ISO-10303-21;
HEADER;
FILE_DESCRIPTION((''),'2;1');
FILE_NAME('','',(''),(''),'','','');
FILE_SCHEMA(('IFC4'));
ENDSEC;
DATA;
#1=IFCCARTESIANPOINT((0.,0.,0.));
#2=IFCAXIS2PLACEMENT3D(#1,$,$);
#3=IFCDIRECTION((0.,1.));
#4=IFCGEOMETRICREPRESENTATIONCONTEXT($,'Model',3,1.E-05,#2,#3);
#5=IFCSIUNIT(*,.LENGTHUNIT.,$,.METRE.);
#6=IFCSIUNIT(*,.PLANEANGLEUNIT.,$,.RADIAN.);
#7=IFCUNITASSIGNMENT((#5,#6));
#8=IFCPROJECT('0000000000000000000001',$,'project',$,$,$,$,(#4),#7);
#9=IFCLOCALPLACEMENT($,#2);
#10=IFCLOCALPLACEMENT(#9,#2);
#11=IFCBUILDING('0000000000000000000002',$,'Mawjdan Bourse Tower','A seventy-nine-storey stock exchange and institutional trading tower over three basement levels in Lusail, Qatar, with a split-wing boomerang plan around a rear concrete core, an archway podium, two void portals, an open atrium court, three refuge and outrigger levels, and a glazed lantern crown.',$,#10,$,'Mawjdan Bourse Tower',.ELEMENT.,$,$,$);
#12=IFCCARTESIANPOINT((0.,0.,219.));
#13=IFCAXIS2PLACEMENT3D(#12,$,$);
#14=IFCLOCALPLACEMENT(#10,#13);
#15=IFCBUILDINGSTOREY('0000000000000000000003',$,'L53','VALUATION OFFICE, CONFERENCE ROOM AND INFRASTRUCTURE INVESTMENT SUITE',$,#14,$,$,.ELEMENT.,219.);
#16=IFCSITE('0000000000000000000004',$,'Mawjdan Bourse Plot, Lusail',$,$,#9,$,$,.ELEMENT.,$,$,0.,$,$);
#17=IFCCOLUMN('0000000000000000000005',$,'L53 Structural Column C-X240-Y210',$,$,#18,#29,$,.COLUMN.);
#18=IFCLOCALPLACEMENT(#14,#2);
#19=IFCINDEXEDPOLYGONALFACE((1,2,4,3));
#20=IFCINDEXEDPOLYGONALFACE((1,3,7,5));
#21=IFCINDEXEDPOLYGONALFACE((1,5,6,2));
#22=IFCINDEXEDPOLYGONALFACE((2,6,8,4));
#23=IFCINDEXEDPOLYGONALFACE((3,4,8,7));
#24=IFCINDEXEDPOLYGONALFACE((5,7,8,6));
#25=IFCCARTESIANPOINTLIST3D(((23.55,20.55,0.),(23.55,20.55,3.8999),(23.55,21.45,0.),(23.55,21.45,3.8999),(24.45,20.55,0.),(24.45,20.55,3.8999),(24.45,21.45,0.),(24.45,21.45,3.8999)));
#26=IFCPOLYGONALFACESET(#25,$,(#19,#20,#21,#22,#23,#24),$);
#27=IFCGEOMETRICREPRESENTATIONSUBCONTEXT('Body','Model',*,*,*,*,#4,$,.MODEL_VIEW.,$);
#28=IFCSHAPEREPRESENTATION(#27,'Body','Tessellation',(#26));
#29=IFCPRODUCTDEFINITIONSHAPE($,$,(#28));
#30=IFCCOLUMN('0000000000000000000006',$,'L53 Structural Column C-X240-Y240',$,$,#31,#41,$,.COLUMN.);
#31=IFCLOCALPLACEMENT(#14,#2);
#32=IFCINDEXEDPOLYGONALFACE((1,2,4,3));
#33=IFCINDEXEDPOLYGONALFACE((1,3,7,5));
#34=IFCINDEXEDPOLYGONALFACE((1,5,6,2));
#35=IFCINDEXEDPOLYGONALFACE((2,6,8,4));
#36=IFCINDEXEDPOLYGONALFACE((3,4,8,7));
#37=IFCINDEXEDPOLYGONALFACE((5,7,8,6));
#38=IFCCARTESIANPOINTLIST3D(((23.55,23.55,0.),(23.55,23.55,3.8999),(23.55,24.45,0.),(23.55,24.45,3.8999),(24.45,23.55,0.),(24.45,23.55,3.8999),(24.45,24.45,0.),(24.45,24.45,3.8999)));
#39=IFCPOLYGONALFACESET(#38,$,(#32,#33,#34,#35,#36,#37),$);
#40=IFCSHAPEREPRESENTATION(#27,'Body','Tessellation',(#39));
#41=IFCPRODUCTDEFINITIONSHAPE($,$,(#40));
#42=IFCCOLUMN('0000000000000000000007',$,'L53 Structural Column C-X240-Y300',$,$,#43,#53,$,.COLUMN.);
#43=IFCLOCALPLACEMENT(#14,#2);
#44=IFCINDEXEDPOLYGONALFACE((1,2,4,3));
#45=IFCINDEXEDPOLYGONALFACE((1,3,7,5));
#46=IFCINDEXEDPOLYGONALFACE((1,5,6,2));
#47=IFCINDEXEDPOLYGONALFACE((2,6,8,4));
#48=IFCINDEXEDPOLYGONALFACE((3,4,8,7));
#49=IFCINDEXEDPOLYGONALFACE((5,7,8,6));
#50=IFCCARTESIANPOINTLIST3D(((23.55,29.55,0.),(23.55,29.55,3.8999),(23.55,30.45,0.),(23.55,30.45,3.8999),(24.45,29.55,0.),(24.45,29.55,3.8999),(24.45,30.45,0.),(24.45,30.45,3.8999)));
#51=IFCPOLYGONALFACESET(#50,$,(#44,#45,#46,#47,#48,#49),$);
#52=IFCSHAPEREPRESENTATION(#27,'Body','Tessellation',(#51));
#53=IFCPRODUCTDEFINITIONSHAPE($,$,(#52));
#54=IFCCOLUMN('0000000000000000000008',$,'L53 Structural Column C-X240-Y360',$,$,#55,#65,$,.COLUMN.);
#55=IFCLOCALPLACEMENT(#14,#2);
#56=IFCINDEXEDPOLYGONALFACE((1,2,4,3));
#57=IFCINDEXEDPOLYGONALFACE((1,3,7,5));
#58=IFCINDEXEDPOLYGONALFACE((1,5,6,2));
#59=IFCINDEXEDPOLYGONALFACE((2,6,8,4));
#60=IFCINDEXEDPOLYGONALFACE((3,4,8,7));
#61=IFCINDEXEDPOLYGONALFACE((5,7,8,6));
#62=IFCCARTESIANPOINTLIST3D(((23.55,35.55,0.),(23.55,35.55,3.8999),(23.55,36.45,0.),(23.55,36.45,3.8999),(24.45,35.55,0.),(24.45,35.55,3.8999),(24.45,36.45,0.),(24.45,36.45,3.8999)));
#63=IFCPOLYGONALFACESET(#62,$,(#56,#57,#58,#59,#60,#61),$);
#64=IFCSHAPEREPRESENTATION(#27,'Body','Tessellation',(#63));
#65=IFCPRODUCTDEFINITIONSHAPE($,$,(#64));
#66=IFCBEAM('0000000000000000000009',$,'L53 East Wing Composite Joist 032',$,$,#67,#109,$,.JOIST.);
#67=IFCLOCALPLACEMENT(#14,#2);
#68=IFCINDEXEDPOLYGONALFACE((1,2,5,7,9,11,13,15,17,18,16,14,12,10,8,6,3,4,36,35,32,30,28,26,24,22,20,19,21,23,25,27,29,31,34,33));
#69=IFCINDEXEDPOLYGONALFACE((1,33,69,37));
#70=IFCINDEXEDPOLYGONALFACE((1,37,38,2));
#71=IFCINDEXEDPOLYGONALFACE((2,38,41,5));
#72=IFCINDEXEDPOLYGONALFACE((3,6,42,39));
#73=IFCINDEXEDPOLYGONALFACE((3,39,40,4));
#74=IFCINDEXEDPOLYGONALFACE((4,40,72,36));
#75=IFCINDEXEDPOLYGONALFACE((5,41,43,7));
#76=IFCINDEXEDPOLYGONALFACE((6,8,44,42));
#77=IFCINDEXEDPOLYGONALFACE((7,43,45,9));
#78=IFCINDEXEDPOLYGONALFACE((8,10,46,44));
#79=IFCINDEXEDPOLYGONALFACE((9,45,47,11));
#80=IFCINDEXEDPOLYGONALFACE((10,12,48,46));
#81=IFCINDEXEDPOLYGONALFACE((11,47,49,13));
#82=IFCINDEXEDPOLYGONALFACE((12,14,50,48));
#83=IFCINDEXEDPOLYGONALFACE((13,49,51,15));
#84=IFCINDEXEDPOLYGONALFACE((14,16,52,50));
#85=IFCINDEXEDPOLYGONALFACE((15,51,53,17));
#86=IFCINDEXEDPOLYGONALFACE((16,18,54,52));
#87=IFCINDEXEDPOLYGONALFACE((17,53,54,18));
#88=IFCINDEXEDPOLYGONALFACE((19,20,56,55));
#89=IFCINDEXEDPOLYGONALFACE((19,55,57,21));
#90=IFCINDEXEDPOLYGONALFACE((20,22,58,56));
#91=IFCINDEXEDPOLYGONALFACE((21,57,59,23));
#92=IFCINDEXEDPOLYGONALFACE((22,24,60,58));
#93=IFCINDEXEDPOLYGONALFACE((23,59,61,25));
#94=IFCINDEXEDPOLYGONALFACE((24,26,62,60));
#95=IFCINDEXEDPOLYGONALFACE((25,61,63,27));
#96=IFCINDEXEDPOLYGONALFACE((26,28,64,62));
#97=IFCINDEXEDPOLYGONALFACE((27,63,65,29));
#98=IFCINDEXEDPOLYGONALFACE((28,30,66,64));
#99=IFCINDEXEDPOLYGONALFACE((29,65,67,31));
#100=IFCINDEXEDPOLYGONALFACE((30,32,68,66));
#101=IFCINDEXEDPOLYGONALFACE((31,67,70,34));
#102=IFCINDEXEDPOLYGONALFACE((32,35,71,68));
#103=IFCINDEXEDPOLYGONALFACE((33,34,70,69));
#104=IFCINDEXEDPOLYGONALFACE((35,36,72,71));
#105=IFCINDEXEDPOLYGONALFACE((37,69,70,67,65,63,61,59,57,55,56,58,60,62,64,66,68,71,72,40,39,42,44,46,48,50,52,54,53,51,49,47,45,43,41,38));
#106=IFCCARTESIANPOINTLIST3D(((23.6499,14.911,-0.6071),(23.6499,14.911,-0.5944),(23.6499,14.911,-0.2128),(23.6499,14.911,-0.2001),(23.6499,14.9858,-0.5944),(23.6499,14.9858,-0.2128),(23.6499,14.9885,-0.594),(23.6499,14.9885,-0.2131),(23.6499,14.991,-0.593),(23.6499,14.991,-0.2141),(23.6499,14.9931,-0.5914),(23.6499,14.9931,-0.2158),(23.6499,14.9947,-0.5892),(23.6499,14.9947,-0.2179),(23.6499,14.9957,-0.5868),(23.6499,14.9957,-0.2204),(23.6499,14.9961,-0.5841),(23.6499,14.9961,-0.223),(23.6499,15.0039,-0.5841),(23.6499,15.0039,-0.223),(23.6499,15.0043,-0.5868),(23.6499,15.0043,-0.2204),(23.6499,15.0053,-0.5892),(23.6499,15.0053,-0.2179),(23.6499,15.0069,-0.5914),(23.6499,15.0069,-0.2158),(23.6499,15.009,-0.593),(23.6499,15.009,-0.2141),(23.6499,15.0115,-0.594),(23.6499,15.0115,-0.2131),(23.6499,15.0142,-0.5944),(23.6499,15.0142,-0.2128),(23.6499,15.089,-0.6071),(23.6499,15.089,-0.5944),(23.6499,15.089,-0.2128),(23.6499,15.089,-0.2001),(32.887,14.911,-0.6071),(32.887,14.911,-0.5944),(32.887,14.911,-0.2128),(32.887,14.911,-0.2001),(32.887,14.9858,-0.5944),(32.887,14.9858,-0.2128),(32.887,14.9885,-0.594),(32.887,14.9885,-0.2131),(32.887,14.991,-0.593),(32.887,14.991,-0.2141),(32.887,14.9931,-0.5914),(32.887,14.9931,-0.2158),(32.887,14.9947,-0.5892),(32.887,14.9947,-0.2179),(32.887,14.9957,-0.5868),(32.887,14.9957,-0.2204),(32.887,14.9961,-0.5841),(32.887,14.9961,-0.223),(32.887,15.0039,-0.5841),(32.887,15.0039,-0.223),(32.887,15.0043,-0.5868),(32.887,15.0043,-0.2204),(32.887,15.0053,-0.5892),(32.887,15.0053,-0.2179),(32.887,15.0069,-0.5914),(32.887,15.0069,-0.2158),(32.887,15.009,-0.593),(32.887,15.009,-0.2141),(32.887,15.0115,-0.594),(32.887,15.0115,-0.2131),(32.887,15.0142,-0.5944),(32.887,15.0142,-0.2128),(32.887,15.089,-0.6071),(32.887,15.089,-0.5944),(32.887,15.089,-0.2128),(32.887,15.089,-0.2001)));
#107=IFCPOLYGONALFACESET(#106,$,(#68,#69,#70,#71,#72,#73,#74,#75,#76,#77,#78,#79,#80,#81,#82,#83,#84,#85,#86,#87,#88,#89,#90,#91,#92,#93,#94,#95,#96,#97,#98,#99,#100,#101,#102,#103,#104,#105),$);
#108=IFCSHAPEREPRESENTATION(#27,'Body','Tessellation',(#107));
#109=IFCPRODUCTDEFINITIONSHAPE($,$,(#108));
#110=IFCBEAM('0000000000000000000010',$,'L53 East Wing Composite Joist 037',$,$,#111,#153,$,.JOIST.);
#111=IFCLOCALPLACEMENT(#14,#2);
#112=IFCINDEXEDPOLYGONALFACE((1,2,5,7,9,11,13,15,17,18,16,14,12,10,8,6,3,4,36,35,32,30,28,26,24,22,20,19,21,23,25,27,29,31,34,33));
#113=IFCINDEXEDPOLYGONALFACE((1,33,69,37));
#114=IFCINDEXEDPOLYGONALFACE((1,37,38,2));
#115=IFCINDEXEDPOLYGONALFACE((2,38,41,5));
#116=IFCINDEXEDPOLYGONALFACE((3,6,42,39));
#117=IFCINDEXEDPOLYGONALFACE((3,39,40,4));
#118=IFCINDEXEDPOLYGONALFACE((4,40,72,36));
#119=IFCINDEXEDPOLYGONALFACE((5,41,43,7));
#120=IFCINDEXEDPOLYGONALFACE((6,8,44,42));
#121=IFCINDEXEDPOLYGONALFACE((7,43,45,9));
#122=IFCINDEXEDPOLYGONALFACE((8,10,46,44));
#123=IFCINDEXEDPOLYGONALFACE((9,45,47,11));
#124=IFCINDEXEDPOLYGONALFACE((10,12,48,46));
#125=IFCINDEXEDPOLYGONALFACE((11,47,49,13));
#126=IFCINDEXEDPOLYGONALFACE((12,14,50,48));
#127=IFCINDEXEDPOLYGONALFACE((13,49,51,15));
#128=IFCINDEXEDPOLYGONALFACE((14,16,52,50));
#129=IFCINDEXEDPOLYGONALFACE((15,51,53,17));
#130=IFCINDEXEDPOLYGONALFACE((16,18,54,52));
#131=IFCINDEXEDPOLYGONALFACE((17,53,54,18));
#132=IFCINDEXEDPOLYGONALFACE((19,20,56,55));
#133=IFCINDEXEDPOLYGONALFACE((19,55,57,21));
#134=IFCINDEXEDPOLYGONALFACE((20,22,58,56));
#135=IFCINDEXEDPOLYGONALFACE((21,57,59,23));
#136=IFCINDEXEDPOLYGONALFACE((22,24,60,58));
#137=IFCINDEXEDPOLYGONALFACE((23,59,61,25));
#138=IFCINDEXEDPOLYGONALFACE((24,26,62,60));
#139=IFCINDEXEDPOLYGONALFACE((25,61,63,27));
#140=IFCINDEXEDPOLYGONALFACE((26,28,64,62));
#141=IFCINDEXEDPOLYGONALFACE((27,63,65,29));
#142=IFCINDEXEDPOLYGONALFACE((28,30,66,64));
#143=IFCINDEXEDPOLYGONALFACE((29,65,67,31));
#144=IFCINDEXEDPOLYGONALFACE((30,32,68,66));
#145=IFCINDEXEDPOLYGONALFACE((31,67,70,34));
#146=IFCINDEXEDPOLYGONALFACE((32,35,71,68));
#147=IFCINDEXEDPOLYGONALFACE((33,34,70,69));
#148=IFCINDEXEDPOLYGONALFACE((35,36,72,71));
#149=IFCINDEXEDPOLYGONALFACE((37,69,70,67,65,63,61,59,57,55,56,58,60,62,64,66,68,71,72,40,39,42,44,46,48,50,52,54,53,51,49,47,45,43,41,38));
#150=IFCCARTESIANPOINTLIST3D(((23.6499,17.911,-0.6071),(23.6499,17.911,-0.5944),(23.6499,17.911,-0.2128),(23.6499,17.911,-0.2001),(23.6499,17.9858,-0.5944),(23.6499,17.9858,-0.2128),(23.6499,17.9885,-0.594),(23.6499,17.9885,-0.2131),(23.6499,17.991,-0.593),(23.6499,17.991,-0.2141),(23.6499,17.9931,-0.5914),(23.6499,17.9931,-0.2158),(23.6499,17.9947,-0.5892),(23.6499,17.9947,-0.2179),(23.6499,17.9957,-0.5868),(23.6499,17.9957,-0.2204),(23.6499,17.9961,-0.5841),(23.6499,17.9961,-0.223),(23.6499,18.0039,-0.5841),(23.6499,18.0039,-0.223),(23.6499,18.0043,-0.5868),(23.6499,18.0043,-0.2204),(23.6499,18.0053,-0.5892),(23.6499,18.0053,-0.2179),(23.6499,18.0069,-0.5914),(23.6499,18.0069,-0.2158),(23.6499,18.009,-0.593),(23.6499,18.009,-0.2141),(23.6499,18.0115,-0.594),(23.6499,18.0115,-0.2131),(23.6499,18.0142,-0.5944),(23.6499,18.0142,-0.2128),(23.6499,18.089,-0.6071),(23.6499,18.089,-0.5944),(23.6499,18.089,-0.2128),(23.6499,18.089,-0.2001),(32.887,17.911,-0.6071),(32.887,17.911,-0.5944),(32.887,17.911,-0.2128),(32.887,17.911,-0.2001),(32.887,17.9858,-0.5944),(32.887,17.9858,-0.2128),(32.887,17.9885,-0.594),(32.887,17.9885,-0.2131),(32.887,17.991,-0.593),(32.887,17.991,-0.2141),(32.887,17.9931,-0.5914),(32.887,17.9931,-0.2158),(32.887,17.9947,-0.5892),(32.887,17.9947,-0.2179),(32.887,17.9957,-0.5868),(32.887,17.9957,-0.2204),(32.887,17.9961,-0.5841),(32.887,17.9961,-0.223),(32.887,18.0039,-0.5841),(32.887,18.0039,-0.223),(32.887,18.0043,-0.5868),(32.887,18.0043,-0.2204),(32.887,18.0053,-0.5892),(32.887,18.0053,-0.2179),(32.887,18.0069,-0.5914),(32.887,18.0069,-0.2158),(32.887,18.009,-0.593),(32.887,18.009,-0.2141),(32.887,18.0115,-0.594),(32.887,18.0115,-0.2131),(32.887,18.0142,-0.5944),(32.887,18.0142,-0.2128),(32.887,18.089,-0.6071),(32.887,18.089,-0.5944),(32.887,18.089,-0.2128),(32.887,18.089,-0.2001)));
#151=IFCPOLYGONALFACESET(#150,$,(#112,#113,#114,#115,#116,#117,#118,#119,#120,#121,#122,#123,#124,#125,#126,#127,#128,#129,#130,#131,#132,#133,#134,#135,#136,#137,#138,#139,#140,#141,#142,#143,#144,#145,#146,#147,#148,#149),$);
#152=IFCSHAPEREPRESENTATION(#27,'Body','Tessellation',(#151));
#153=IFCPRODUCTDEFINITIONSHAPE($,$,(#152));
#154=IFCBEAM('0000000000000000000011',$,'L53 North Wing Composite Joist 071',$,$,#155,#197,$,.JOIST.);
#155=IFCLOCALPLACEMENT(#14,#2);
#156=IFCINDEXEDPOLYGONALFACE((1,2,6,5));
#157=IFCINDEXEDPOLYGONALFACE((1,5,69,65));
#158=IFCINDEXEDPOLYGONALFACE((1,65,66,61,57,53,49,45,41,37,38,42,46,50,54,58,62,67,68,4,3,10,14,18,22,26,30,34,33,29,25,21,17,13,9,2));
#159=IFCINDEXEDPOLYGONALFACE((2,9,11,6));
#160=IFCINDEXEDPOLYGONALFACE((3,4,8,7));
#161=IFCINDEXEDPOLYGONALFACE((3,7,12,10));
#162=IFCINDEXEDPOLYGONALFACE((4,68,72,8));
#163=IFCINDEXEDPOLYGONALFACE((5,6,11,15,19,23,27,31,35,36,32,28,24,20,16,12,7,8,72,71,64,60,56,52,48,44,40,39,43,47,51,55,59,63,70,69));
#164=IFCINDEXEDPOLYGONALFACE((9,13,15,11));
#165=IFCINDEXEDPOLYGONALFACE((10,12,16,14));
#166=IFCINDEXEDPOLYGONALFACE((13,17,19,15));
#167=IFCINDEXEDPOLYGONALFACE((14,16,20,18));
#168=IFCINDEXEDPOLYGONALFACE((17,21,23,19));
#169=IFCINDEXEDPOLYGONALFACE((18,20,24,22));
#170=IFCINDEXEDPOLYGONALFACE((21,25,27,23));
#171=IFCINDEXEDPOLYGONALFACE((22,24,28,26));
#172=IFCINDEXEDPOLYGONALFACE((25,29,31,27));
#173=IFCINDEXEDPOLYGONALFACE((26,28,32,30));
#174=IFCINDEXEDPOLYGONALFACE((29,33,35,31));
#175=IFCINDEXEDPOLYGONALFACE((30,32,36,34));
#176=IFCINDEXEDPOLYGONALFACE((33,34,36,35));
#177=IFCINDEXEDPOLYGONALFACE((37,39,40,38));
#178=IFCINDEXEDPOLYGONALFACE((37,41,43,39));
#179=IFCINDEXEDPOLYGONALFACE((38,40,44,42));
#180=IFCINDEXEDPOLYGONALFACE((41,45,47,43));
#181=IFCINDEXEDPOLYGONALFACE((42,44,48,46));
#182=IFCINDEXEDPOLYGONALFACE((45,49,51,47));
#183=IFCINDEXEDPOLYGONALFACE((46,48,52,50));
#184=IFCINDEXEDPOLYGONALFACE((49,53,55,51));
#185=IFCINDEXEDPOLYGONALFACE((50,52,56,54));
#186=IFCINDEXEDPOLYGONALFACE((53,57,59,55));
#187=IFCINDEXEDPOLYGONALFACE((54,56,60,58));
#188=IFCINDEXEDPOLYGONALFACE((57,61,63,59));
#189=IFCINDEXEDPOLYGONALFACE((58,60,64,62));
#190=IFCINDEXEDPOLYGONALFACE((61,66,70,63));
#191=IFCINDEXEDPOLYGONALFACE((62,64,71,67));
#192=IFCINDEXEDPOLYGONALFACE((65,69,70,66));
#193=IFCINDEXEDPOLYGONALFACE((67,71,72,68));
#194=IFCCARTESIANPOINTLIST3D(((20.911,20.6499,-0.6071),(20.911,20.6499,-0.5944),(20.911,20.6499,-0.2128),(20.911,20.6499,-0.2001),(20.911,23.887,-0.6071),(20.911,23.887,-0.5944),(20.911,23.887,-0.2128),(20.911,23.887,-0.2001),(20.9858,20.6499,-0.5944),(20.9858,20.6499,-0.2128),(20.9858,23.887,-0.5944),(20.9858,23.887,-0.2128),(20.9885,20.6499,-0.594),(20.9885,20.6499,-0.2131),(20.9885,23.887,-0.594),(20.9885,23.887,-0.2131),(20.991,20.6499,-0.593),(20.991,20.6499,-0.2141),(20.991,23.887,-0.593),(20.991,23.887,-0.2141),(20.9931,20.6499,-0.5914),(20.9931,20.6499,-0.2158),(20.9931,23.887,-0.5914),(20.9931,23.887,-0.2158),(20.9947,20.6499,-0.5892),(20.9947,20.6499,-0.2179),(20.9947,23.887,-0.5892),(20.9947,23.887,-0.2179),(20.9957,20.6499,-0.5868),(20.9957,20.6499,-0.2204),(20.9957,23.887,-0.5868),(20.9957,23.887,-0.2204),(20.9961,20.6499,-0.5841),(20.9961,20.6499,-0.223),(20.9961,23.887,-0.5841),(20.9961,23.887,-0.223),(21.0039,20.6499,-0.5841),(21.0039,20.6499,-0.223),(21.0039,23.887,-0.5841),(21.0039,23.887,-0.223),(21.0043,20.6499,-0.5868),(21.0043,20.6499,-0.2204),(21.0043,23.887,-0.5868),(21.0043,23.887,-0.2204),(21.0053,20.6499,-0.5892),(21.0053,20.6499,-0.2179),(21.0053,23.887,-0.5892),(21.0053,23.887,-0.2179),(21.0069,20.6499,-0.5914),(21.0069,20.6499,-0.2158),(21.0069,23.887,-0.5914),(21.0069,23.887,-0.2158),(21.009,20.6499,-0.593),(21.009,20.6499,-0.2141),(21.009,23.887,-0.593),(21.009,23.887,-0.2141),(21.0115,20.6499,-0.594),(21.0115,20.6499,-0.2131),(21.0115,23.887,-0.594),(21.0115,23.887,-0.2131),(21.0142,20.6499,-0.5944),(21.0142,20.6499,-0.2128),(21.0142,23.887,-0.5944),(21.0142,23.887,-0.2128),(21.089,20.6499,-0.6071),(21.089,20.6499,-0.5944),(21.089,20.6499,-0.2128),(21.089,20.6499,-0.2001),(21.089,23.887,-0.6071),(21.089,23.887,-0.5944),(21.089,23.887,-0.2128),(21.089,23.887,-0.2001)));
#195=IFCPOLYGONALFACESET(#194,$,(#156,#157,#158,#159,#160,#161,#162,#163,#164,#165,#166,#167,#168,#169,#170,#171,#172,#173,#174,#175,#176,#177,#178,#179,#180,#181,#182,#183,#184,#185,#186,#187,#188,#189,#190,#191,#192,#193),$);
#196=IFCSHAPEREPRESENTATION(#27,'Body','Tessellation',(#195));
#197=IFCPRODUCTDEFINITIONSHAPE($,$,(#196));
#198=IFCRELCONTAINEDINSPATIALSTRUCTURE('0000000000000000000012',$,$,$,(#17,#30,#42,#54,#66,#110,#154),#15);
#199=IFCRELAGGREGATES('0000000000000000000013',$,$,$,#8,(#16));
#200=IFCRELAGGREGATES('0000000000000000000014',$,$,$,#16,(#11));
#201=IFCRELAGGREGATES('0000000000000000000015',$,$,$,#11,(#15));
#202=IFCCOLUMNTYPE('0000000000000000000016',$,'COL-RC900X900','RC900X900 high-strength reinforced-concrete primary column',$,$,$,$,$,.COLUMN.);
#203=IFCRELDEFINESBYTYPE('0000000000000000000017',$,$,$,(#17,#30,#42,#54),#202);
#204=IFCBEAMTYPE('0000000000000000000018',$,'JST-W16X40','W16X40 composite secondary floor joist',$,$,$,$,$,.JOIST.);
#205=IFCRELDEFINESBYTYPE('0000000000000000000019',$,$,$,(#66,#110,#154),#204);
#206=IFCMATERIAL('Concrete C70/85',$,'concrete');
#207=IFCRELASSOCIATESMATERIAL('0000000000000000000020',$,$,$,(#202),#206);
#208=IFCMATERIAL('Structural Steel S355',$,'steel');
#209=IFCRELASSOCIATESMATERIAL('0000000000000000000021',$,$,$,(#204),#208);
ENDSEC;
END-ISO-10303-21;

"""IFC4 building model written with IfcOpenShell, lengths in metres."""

from ifc_helpers import new_model, si_unit, direction, frame, origin, origin_2d, place, context, subcontext, project, spatial, rectangle, i_section, extrude, material, material_profile, profile_set, type_object, element, save


model = new_model("IFC4")

# Units and contexts
model_context = context("Model", 3, precision=1e-05, world=origin(), true_north=direction((0.0, 1.0)))
body_context = subcontext(model_context, "Body", "Model", "MODEL_VIEW")
ifc_project = project(units=[si_unit("LENGTHUNIT", "METRE"), si_unit("PLANEANGLEUNIT", "RADIAN")], contexts=[model_context])

# Site, building, storey
site_placement = place(None, origin())
site = spatial("IfcSite", under=ifc_project, at=site_placement, Name="Mawjdan Bourse Plot, Lusail", CompositionType="ELEMENT", RefElevation=0.0)
building_placement = place(site_placement, origin())
building = spatial("IfcBuilding", under=site, at=building_placement, Name="Mawjdan Bourse Tower", Description="A seventy-nine-storey stock exchange and institutional trading tower over three basement levels in Lusail, Qatar, with a split-wing boomerang plan around a rear concrete core, an archway podium, two void portals, an open atrium court, three refuge and outrigger levels, and a glazed lantern crown.", LongName="Mawjdan Bourse Tower", CompositionType="ELEMENT")
storey_placement = place(building_placement, frame((0.0, 0.0, 219.0)))
storey = spatial("IfcBuildingStorey", under=building, at=storey_placement, Name="L53", Description="VALUATION OFFICE, CONFERENCE ROOM AND INFRASTRUCTURE INVESTMENT SUITE", CompositionType="ELEMENT", Elevation=219.0)

# Columns
ifc_material_1 = material(Name="Concrete C70/85", Category="concrete")
ifc_material_profile_1 = material_profile(ifc_material_1, rectangle(XDim=0.8999, YDim=0.8999, at=origin_2d()), Name="RC900X900")
ifc_profile_set_1 = profile_set([ifc_material_profile_1], Name="Concrete C70/85")
column_type = type_object("IfcColumnType", Name="COL-RC900X900", Description="RC900X900 high-strength reinforced-concrete primary column", PredefinedType="COLUMN", material=ifc_profile_set_1)
for number, where, z_axis, x_axis, name in (
    (1, (24.0, 21.0, 0.0), (0.0, 0.0, 1.0), (1.0, 0.0, 0.0), "L53 Structural Column C-X240-Y210"),
    (2, (24.0, 24.0, 0.0), (0.0, 0.0, 1.0), (1.0, 0.0, 0.0), "L53 Structural Column C-X240-Y240"),
    (3, (24.0, 30.0, 0.0), (0.0, 0.0, 1.0), (1.0, 0.0, 0.0), "L53 Structural Column C-X240-Y300"),
    (4, (24.0, 36.0, 0.0), (0.0, 0.0, 1.0), (1.0, 0.0, 0.0), "L53 Structural Column C-X240-Y360"),
):
    element("IfcColumn", number, at=place(storey_placement, frame(where, z_axis=z_axis, x_axis=x_axis)), inside=storey, type_object=column_type, Name=name, PredefinedType="COLUMN", context=body_context, shape_type="SweptSolid", body=[
        extrude(rectangle(XDim=0.8999, YDim=0.8999, at=origin_2d()), origin(), (0.0, 0.0, 1.0), 3.8999),
    ])

# Beams
ifc_material_2 = material(Name="Structural Steel S355", Category="steel")
ifc_material_profile_2 = material_profile(ifc_material_2, i_section(OverallWidth=0.178, OverallDepth=0.407, WebThickness=0.0078, FlangeThickness=0.0127, FilletRadius=0.0103, at=origin_2d()), Name="W16X40")
ifc_profile_set_2 = profile_set([ifc_material_profile_2], Name="Structural Steel S355")
beam_type_1 = type_object("IfcBeamType", Name="JST-W16X40", Description="W16X40 composite secondary floor joist", PredefinedType="JOIST", material=ifc_profile_set_2)
for number, where, z_axis, x_axis, name in (
    (5, (23.6499, 15.0, -0.4036), (1.0, 0.0, 0.0), (0.0, 1.0, 0.0), "L53 East Wing Composite Joist 032"),
    (6, (23.6499, 18.0, -0.4036), (1.0, 0.0, 0.0), (0.0, 1.0, 0.0), "L53 East Wing Composite Joist 037"),
):
    element("IfcBeam", number, at=place(storey_placement, frame(where, z_axis=z_axis, x_axis=x_axis)), inside=storey, type_object=beam_type_1, Name=name, PredefinedType="JOIST", context=body_context, shape_type="SweptSolid", body=[
        extrude(i_section(OverallWidth=0.178, OverallDepth=0.407, WebThickness=0.0078, FlangeThickness=0.0127, FilletRadius=0.0103, at=origin_2d()), origin(), (0.0, 0.0, 1.0), 9.2371),
    ])
beam_1_placement = place(storey_placement, frame((21.0, 20.6499, -0.4036), z_axis=(0.0, 1.0, 0.0), x_axis=(-1.0, 0.0, 0.0)))
element("IfcBeam", 7, at=beam_1_placement, inside=storey, type_object=beam_type_1, Name="L53 North Wing Composite Joist 071", PredefinedType="JOIST", context=body_context, shape_type="SweptSolid", body=[
    extrude(i_section(OverallWidth=0.178, OverallDepth=0.407, WebThickness=0.0078, FlangeThickness=0.0127, FilletRadius=0.0103, at=origin_2d()), origin(), (0.0, 0.0, 1.0), 3.2371),
])

save(model, "model.ifc")
